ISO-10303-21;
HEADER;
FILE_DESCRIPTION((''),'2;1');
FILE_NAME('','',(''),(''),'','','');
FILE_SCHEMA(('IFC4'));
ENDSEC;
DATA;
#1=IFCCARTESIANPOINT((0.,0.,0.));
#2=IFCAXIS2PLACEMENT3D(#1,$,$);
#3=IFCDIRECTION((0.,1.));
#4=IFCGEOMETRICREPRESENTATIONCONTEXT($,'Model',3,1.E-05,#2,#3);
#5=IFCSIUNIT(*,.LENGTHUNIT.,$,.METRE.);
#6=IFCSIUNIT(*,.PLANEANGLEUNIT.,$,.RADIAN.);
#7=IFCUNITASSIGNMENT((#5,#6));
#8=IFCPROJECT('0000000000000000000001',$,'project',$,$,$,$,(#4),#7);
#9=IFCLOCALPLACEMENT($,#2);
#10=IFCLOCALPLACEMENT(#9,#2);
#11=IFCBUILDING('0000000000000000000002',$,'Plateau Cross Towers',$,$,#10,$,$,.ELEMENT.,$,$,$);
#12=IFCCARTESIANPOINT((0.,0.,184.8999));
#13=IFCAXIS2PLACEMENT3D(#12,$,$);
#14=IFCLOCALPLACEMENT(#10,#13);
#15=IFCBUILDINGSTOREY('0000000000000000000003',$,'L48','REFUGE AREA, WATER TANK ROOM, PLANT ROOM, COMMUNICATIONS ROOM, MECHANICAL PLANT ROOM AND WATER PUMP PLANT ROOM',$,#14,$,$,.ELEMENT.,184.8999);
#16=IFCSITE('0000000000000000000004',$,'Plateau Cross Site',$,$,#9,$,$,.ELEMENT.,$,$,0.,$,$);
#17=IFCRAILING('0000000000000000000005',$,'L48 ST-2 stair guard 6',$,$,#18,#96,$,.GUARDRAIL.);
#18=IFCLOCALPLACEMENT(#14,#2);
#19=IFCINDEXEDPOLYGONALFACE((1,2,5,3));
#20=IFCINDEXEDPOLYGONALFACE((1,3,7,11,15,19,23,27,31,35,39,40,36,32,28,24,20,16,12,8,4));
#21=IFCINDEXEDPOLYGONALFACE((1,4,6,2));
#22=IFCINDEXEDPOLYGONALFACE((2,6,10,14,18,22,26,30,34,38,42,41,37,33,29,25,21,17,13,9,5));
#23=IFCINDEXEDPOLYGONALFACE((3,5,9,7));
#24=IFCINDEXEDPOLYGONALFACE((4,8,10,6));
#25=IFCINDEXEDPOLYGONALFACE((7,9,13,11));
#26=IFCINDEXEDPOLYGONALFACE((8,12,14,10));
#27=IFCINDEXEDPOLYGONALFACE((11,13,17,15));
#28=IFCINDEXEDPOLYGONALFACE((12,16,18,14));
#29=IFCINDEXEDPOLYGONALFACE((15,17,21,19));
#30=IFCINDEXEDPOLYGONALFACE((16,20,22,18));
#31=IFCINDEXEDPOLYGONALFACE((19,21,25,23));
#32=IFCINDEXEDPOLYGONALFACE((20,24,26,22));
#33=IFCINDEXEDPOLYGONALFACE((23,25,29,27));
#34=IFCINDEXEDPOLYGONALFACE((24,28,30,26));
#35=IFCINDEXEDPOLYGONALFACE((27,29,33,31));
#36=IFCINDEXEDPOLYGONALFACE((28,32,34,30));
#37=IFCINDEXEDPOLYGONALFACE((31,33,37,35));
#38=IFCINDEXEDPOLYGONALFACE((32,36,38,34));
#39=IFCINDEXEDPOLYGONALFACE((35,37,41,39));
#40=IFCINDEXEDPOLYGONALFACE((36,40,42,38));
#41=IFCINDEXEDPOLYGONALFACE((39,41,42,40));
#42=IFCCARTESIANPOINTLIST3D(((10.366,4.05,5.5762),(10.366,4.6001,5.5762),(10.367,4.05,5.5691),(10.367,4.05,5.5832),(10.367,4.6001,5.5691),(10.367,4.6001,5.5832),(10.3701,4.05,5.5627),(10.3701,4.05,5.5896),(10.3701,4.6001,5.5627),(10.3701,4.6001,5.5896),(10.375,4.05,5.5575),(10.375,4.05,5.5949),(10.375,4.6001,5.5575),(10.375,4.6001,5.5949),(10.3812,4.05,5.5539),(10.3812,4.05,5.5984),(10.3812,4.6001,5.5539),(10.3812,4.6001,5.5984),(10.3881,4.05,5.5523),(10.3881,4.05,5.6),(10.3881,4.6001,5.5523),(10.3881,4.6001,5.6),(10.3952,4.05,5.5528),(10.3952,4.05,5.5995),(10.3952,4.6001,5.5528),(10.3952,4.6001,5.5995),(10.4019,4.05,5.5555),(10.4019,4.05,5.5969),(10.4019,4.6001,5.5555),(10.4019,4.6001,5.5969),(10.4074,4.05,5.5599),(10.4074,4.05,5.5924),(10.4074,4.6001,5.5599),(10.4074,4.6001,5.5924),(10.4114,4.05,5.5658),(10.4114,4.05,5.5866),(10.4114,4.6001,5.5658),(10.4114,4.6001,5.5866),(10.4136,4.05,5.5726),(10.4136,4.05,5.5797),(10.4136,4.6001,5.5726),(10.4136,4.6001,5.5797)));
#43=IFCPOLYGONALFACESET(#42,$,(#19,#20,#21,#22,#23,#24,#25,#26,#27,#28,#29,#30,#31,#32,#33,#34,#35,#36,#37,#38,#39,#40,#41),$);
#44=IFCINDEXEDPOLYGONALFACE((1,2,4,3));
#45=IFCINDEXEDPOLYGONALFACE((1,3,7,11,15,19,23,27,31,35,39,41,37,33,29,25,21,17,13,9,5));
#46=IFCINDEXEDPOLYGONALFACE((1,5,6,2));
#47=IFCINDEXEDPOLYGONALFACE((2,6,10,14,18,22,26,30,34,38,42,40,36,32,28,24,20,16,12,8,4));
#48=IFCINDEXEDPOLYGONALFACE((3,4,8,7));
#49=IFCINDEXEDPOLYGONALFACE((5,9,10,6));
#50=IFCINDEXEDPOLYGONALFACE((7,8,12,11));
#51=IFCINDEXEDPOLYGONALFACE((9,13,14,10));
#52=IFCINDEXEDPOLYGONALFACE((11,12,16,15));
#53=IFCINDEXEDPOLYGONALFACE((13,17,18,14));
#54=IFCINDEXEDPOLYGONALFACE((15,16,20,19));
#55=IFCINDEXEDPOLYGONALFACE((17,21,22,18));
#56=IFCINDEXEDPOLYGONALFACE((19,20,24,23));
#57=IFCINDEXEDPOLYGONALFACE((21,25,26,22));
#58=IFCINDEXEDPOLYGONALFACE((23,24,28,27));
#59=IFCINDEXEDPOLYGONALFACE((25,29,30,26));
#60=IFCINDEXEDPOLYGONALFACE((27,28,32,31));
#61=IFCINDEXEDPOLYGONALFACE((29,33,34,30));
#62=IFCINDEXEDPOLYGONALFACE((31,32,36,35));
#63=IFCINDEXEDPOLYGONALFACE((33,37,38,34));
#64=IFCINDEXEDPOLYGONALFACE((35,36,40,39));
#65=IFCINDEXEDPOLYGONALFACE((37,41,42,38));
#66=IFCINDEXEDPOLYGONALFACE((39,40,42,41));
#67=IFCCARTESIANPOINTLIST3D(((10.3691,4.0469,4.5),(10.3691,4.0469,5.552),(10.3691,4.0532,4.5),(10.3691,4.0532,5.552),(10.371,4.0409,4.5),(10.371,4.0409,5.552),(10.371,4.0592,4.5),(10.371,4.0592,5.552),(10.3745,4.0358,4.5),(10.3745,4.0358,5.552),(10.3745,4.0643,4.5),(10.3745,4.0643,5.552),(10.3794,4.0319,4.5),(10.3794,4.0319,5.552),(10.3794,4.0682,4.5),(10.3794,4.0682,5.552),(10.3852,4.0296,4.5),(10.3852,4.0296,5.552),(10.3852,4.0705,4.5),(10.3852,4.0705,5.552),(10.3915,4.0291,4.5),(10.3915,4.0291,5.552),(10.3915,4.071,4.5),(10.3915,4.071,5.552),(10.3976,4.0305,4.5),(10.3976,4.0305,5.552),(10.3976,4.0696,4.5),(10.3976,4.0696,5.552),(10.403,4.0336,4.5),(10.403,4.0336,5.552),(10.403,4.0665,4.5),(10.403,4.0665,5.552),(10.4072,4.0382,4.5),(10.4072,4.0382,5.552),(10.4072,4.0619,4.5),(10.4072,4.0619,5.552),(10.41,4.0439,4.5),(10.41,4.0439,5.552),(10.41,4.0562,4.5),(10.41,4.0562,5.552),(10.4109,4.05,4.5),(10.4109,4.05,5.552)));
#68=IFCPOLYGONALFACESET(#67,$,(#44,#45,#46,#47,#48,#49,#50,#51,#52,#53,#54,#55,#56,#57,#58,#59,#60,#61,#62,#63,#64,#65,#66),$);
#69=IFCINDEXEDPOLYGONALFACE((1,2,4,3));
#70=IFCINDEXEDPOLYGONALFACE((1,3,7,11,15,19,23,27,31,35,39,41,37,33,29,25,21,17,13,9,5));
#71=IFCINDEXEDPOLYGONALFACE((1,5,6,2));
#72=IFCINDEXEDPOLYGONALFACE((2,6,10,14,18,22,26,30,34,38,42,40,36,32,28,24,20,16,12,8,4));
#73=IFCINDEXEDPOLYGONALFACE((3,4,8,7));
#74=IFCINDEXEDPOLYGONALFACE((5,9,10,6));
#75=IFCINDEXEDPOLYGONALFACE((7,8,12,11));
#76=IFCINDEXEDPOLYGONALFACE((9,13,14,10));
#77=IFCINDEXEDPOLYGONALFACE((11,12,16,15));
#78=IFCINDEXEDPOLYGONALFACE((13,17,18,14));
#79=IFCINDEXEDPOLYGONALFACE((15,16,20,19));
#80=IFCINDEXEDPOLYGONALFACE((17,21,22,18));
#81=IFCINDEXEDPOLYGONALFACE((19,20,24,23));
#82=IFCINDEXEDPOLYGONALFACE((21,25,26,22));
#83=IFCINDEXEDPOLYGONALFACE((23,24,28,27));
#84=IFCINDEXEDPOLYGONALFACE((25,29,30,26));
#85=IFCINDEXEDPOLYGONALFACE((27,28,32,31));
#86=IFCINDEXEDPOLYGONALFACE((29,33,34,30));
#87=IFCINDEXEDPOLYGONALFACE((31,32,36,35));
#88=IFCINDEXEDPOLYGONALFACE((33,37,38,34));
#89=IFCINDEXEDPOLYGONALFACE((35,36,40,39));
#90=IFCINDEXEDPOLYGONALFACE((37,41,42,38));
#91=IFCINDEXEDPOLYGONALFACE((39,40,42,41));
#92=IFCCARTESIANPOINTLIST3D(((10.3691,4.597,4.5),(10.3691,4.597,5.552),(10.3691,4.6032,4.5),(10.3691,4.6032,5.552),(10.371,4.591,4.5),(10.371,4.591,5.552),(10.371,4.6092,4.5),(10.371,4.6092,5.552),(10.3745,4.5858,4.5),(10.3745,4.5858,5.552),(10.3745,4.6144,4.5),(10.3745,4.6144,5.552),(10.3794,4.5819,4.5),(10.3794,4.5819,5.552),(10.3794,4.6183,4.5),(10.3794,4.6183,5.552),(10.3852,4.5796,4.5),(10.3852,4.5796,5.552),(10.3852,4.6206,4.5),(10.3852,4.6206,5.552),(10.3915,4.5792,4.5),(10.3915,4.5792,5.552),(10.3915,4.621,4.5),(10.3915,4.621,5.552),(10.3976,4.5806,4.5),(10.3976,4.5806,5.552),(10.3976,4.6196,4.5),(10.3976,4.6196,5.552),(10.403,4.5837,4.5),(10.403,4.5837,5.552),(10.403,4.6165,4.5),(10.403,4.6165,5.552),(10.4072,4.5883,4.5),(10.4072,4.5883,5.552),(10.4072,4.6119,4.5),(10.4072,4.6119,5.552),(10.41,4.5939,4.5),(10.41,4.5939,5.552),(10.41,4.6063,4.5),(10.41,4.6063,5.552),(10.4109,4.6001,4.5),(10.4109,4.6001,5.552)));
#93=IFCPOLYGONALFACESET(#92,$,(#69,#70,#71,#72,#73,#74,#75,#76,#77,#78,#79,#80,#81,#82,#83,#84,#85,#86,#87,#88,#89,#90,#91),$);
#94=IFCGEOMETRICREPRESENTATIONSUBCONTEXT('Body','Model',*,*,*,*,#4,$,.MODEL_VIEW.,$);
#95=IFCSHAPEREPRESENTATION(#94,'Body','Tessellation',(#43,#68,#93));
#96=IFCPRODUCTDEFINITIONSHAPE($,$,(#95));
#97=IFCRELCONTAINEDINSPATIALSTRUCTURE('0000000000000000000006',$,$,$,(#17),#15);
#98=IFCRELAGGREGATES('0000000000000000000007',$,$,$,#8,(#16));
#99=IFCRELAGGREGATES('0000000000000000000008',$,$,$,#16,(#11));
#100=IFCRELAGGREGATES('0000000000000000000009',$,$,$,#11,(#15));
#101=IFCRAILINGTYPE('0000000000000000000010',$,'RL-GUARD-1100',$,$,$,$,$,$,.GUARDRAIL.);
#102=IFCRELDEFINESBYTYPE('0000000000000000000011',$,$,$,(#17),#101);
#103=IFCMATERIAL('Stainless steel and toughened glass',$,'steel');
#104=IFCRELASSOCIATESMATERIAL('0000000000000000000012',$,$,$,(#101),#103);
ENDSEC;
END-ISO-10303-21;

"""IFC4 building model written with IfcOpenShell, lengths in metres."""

from ifc_helpers import new_model, si_unit, direction, frame, origin, origin_2d, place, context, subcontext, project, spatial, circle, extrude, material, type_object, element, save


model = new_model("IFC4")

# Units and contexts
model_context = context("Model", 3, precision=1e-05, world=origin(), true_north=direction((0.0, 1.0)))
body_context = subcontext(model_context, "Body", "Model", "MODEL_VIEW")
ifc_project = project(units=[si_unit("LENGTHUNIT", "METRE"), si_unit("PLANEANGLEUNIT", "RADIAN")], contexts=[model_context])

# Site, building, storey
site_placement = place(None, origin())
site = spatial("IfcSite", under=ifc_project, at=site_placement, Name="Plateau Cross Site", CompositionType="ELEMENT", RefElevation=0.0)
building_placement = place(site_placement, origin())
building = spatial("IfcBuilding", under=site, at=building_placement, Name="Plateau Cross Towers", CompositionType="ELEMENT")
storey_placement = place(building_placement, frame((0.0, 0.0, 184.8999)))
storey = spatial("IfcBuildingStorey", under=building, at=storey_placement, Name="L48", Description="REFUGE AREA, WATER TANK ROOM, PLANT ROOM, COMMUNICATIONS ROOM, MECHANICAL PLANT ROOM AND WATER PUMP PLANT ROOM", CompositionType="ELEMENT", Elevation=184.8999)

# Railing
ifc_material_1 = material(Name="Stainless steel and toughened glass", Category="steel")
railing_type_1 = type_object("IfcRailingType", Name="RL-GUARD-1100", PredefinedType="GUARDRAIL", material=ifc_material_1)
railing_1_placement = place(storey_placement, frame((10.3899, 4.05, 4.5)))
element("IfcRailing", 1, at=railing_1_placement, inside=storey, type_object=railing_type_1, Name="L48 ST-2 stair guard 6", PredefinedType="GUARDRAIL", context=body_context, shape_type="SweptSolid", body=[
    extrude(circle(Radius=0.0239, at=origin_2d()), frame((0.0, 0.0, 1.0762), z_axis=(0.0, 1.0, 0.0), x_axis=(-1.0, 0.0, 0.0)), (0.0, 0.0, 1.0), 0.55),
    extrude(circle(Radius=0.021, at=origin_2d()), origin(), (0.0, 0.0, 1.0), 1.052),
    extrude(circle(Radius=0.021, at=origin_2d()), frame((0.0, 0.55, 0.0)), (0.0, 0.0, 1.0), 1.052),
])

save(model, "model.ifc")
